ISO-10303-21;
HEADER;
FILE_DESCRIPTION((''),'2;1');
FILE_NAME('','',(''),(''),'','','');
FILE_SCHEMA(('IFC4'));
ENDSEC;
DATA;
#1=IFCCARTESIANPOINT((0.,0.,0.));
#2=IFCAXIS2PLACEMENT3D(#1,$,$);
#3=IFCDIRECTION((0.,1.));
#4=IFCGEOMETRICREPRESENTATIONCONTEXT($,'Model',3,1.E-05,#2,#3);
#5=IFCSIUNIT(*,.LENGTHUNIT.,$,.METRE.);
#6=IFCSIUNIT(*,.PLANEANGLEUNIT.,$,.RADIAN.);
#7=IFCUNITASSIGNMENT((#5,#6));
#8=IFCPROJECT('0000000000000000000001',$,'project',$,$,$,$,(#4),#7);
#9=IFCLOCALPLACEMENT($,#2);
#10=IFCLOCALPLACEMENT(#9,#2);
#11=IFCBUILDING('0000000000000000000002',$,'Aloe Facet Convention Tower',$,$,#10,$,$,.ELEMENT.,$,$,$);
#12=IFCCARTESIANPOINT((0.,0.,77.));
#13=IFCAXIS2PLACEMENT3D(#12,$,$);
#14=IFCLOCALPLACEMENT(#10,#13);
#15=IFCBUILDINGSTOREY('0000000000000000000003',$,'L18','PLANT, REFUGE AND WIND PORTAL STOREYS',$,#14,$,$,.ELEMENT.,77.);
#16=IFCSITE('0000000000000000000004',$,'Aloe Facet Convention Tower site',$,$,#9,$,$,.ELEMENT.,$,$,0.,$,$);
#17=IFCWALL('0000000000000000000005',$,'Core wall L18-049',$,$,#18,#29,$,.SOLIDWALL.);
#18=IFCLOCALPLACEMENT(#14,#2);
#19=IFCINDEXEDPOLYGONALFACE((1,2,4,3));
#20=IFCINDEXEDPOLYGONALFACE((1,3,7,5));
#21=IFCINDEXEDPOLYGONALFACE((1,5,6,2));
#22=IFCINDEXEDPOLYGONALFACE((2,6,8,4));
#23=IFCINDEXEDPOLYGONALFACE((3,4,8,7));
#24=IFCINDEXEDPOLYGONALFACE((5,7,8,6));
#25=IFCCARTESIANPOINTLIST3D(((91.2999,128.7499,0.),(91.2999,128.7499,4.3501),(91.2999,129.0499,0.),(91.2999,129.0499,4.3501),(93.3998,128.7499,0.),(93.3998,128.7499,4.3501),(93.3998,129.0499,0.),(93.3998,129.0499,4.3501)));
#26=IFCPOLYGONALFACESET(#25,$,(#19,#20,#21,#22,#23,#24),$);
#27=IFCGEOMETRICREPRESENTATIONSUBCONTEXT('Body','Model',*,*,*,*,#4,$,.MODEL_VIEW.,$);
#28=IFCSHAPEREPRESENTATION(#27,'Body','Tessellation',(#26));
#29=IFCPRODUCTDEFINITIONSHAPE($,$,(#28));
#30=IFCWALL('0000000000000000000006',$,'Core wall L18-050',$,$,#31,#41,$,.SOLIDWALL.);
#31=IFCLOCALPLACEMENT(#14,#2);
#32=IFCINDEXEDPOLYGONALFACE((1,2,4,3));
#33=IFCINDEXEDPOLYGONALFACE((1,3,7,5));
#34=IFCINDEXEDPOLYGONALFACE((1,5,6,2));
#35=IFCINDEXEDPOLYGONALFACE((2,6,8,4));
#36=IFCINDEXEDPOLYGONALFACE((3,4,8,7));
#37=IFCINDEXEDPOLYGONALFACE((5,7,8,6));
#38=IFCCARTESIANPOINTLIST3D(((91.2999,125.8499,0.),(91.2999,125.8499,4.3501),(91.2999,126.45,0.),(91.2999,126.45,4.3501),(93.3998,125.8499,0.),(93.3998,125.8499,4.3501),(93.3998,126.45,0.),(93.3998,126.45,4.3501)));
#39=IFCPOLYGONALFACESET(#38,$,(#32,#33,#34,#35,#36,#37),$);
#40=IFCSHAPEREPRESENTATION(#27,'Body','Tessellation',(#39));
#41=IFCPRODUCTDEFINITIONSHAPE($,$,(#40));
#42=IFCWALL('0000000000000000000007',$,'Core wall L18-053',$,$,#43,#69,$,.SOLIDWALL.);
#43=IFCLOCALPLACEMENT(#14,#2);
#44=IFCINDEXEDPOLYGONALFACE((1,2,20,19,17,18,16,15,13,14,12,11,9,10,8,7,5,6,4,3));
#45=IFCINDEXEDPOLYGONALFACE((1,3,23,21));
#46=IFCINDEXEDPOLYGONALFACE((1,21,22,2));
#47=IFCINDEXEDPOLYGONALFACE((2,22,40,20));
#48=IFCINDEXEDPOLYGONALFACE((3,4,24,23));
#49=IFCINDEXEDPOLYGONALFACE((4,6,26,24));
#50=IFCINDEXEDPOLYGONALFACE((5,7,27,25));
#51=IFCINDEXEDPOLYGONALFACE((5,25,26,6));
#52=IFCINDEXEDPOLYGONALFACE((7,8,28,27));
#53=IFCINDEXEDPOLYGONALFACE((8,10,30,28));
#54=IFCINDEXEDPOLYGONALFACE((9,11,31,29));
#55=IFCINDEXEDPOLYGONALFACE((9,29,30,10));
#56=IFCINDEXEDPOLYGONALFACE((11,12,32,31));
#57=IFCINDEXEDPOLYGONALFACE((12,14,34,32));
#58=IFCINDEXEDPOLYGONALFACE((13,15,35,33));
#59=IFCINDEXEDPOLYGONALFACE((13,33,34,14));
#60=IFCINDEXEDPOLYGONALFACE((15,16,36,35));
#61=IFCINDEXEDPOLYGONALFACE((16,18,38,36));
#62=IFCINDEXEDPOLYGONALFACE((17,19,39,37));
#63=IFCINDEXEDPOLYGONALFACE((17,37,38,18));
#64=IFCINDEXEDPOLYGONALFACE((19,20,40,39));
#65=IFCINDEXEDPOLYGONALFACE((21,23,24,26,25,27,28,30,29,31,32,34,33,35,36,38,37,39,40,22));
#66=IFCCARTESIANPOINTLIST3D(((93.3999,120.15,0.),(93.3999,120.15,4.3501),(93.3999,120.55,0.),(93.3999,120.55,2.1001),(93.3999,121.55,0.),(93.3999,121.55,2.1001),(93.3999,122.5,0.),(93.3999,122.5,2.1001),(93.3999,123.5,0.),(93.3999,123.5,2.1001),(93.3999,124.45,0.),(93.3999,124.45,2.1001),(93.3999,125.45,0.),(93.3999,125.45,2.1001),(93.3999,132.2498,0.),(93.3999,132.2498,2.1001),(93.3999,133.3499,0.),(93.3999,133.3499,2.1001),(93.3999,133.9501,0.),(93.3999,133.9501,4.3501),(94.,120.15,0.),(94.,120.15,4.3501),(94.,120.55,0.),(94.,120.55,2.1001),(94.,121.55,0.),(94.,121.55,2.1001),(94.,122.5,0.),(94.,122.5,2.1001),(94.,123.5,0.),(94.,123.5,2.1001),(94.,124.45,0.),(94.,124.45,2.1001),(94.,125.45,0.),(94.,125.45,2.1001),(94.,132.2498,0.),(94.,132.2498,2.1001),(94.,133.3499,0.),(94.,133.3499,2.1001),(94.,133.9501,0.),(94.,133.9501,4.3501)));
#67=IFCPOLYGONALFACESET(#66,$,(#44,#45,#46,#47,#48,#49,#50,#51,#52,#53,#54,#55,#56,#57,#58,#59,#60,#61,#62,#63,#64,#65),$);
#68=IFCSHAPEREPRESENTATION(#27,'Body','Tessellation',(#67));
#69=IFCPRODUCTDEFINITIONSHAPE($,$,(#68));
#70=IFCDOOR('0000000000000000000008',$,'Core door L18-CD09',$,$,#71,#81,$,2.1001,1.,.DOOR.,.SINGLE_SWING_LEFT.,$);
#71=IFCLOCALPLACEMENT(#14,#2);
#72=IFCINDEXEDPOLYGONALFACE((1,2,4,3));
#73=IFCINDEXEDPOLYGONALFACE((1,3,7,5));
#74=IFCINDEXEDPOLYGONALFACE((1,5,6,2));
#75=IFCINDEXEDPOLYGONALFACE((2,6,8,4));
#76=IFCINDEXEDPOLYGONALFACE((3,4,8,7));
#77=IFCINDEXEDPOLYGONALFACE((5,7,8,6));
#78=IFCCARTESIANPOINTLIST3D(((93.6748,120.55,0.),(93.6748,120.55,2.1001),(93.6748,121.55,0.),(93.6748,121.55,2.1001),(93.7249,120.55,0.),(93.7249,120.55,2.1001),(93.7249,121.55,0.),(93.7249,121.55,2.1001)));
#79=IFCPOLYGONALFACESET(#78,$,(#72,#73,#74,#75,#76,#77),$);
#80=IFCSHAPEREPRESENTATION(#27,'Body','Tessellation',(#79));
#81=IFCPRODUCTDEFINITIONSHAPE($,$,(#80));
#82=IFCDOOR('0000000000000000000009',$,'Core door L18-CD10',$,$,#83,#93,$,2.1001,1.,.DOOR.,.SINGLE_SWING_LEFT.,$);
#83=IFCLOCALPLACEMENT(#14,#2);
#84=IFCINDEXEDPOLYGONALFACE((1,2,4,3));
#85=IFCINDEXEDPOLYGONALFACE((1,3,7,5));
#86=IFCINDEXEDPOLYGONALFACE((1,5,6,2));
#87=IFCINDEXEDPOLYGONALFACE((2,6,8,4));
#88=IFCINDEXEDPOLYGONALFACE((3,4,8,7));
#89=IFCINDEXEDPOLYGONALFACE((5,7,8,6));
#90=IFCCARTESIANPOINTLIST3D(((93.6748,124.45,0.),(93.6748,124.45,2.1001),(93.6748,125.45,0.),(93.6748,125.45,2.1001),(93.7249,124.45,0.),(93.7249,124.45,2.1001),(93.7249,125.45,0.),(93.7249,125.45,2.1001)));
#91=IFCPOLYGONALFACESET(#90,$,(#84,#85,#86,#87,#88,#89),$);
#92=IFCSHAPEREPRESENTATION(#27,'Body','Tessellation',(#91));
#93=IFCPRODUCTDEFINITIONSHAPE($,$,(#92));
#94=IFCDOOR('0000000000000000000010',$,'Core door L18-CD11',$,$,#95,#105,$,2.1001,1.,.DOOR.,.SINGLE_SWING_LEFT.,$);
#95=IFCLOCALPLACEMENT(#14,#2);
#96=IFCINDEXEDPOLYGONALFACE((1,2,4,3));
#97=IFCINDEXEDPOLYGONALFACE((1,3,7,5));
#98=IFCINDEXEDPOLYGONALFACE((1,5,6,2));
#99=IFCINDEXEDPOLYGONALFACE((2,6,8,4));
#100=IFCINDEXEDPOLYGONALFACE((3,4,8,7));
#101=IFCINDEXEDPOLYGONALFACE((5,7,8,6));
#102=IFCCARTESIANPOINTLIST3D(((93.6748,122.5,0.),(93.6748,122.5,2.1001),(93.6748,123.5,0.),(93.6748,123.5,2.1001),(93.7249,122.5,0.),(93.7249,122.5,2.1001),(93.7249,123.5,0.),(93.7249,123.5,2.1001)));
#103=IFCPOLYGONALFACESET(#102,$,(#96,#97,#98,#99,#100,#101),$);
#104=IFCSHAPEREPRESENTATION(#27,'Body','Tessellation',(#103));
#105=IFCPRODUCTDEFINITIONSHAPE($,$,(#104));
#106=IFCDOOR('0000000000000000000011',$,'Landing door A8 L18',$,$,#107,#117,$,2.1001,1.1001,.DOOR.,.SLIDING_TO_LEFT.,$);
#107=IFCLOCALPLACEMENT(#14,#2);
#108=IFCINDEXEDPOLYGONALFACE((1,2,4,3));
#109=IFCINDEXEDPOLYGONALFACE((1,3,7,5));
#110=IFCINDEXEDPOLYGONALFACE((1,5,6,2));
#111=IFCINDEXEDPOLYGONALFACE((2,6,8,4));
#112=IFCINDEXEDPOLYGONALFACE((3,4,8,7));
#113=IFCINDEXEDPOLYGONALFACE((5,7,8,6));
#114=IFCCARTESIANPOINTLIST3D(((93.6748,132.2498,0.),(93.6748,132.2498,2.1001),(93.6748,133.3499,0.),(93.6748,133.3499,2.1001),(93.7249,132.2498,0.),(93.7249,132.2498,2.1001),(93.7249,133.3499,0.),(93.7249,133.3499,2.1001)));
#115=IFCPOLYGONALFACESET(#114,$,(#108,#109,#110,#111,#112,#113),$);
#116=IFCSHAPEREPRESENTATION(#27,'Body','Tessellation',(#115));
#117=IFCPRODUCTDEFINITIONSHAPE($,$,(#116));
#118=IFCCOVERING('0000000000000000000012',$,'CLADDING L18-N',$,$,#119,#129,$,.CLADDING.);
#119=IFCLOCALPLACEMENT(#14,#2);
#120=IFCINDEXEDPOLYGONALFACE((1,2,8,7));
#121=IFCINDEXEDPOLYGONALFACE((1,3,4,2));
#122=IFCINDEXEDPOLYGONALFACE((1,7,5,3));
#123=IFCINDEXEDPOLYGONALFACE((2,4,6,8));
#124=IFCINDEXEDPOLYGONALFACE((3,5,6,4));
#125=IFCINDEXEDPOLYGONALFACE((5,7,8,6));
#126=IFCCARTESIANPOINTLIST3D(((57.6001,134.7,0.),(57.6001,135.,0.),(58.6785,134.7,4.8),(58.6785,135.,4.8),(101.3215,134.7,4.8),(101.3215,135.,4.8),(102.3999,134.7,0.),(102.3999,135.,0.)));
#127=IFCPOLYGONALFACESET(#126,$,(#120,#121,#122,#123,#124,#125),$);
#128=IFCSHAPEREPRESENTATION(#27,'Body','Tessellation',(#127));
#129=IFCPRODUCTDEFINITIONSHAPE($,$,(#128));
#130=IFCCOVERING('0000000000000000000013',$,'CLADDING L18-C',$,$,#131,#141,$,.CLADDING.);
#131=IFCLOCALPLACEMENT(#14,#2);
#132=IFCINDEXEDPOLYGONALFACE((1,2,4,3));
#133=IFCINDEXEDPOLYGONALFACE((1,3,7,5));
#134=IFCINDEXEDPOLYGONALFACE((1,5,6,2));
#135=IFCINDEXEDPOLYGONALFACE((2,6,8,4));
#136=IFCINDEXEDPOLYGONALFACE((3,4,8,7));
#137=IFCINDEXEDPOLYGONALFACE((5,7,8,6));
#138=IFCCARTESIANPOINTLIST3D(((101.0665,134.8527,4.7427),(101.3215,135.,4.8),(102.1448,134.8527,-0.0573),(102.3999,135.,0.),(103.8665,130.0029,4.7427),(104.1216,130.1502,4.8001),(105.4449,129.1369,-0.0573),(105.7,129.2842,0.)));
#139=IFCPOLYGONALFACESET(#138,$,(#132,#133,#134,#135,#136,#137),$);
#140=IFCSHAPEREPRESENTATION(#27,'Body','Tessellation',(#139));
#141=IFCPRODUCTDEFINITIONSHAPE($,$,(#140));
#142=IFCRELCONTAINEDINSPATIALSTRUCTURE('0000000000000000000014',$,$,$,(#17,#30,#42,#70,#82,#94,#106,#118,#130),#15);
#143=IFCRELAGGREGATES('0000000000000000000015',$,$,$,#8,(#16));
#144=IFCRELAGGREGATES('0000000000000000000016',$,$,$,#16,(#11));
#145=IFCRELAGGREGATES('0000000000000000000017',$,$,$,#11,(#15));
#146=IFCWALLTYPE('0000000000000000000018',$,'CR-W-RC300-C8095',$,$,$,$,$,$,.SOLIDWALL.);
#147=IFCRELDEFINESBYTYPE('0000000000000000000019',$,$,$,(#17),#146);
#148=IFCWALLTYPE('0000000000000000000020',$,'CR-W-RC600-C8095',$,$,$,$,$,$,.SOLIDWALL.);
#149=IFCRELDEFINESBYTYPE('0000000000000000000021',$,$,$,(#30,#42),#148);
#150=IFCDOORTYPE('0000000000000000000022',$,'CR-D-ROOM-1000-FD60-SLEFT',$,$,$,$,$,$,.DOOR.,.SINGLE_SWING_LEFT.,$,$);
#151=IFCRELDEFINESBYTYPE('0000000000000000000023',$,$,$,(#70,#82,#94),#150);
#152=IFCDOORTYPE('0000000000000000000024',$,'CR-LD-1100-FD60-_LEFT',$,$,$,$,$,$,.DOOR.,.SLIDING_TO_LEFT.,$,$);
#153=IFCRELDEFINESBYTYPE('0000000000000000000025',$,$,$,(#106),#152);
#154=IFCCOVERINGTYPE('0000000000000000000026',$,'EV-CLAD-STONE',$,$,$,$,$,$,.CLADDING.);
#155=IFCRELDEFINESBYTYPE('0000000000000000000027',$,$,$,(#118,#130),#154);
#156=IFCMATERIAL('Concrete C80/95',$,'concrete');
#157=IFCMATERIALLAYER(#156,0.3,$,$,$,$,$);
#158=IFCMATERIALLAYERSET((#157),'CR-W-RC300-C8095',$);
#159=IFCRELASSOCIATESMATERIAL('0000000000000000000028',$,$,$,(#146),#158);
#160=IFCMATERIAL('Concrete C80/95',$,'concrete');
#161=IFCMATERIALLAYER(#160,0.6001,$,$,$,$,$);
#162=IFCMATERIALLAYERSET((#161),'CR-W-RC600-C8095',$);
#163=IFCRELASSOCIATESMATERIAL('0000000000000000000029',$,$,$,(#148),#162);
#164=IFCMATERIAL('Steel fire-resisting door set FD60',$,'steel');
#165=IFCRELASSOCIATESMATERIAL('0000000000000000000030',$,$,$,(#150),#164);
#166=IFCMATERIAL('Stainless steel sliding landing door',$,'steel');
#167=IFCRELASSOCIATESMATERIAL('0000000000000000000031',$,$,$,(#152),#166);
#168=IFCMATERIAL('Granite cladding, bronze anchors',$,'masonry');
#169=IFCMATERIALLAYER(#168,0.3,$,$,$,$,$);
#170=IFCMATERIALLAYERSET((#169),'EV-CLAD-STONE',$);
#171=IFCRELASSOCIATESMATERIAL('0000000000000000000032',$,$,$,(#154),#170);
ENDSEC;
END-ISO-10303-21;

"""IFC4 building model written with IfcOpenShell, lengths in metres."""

from ifc_helpers import new_model, si_unit, direction, frame, frame_2d, origin, place, context, subcontext, project, spatial, polyline, rectangle, outline, extrude, material, layer, layer_set, type_object, element, fill, save


model = new_model("IFC4")

# Units and contexts
model_context = context("Model", 3, precision=1e-05, world=origin(), true_north=direction((0.0, 1.0)))
body_context = subcontext(model_context, "Body", "Model", "MODEL_VIEW")
ifc_project = project(units=[si_unit("LENGTHUNIT", "METRE"), si_unit("PLANEANGLEUNIT", "RADIAN")], contexts=[model_context])

# Site, building, storey
site_placement = place(None, origin())
site = spatial("IfcSite", under=ifc_project, at=site_placement, Name="Aloe Facet Convention Tower site", CompositionType="ELEMENT", RefElevation=0.0)
building_placement = place(site_placement, origin())
building = spatial("IfcBuilding", under=site, at=building_placement, Name="Aloe Facet Convention Tower", CompositionType="ELEMENT")
storey_placement = place(building_placement, frame((0.0, 0.0, 77.0)))
storey = spatial("IfcBuildingStorey", under=building, at=storey_placement, Name="L18", Description="PLANT, REFUGE AND WIND PORTAL STOREYS", CompositionType="ELEMENT", Elevation=77.0)

# Walls
ifc_material_1 = material(Name="Concrete C80/95", Category="concrete")
ifc_layer_1 = layer(ifc_material_1, 0.3)
ifc_layer_set_1 = layer_set([ifc_layer_1], Name="CR-W-RC300-C8095")
wall_type_1 = type_object("IfcWallType", Name="CR-W-RC300-C8095", PredefinedType="SOLIDWALL", material=ifc_layer_set_1)
for number, where, z_axis, x_axis, name in (
    (1, (91.3, 128.8999, 0.0), (0.0, 0.0, 1.0), (1.0, 0.0, 0.0), "Core wall L18-049"),
):
    element("IfcWall", number, at=place(storey_placement, frame(where, z_axis=z_axis, x_axis=x_axis)), inside=storey, type_object=wall_type_1, Name=name, PredefinedType="SOLIDWALL", context=body_context, shape_type="SweptSolid", body=[
        extrude(rectangle(XDim=2.0999, YDim=0.3, at=frame_2d((1.0498, 0.0))), origin(), (0.0, 0.0, 1.0), 4.3501),
    ])
ifc_material_2 = material(Name="Concrete C80/95", Category="concrete")
ifc_layer_2 = layer(ifc_material_2, 0.6001)
ifc_layer_set_2 = layer_set([ifc_layer_2], Name="CR-W-RC600-C8095")
wall_type_2 = type_object("IfcWallType", Name="CR-W-RC600-C8095", PredefinedType="SOLIDWALL", material=ifc_layer_set_2)
wall_1_placement = place(storey_placement, frame((91.3, 126.1499, 0.0), z_axis=(0.0, 0.0, 1.0), x_axis=(1.0, 0.0, 0.0)))
element("IfcWall", 2, at=wall_1_placement, inside=storey, type_object=wall_type_2, Name="Core wall L18-050", PredefinedType="SOLIDWALL", context=body_context, shape_type="SweptSolid", body=[
    extrude(rectangle(XDim=2.0999, YDim=0.6001, at=frame_2d((1.0498, 0.0))), origin(), (0.0, 0.0, 1.0), 4.3501),
])

# Wall, openings, doors
wall_2_placement = place(storey_placement, frame((93.7, 133.95, 0.0), z_axis=(0.0, 0.0, 1.0), x_axis=(0.0, -1.0, 0.0)))
wall_2 = element("IfcWall", 3, at=wall_2_placement, inside=storey, type_object=wall_type_2, Name="Core wall L18-053", PredefinedType="SOLIDWALL", context=body_context, shape_type="SweptSolid", body=[
    extrude(rectangle(XDim=13.8, YDim=0.6001, at=frame_2d((6.8999, 0.0))), origin(), (0.0, 0.0, 1.0), 4.3501),
])
opening_1_placement = place(wall_2_placement, frame((0.6001, 0.0, 0.0)))
opening_1 = element("IfcOpeningElement", 4, at=opening_1_placement, cuts=wall_2, PredefinedType="OPENING", context=body_context, shape_type="SweptSolid", body=[
    extrude(rectangle(XDim=1.1001, YDim=2.1001, at=frame_2d((0.55, 1.05))), frame((0.0, 0.3101, 0.0), z_axis=(0.0, -1.0, 0.0), x_axis=(1.0, 0.0, 0.0)), (0.0, 0.0, 1.0), 0.6201),
])
opening_2_placement = place(wall_2_placement, frame((12.3999, 0.0, 0.0)))
opening_2 = element("IfcOpeningElement", 5, at=opening_2_placement, cuts=wall_2, PredefinedType="OPENING", context=body_context, shape_type="SweptSolid", body=[
    extrude(rectangle(XDim=1.0, YDim=2.1001, at=frame_2d((0.5, 1.05))), frame((0.0, 0.3101, 0.0), z_axis=(0.0, -1.0, 0.0), x_axis=(1.0, 0.0, 0.0)), (0.0, 0.0, 1.0), 0.6201),
])
opening_3_placement = place(wall_2_placement, frame((8.5, 0.0, 0.0)))
opening_3 = element("IfcOpeningElement", 6, at=opening_3_placement, cuts=wall_2, PredefinedType="OPENING", context=body_context, shape_type="SweptSolid", body=[
    extrude(rectangle(XDim=1.0, YDim=2.1001, at=frame_2d((0.5, 1.05))), frame((0.0, 0.3101, 0.0), z_axis=(0.0, -1.0, 0.0), x_axis=(1.0, 0.0, 0.0)), (0.0, 0.0, 1.0), 0.6201),
])
opening_4_placement = place(wall_2_placement, frame((10.45, 0.0, 0.0)))
opening_4 = element("IfcOpeningElement", 7, at=opening_4_placement, cuts=wall_2, PredefinedType="OPENING", context=body_context, shape_type="SweptSolid", body=[
    extrude(rectangle(XDim=1.0, YDim=2.1001, at=frame_2d((0.5, 1.05))), frame((0.0, 0.3101, 0.0), z_axis=(0.0, -1.0, 0.0), x_axis=(1.0, 0.0, 0.0)), (0.0, 0.0, 1.0), 0.6201),
])
ifc_material_3 = material(Name="Steel fire-resisting door set FD60", Category="steel")
door_type_1 = type_object("IfcDoorType", Name="CR-D-ROOM-1000-FD60-SLEFT", OperationType="SINGLE_SWING_LEFT", PredefinedType="DOOR", material=ifc_material_3)
door_1_placement = place(opening_2_placement, origin())
door_1 = element("IfcDoor", 8, at=door_1_placement, inside=storey, type_object=door_type_1, Name="Core door L18-CD09", OperationType="SINGLE_SWING_LEFT", OverallHeight=2.1001, OverallWidth=1.0, PredefinedType="DOOR", context=body_context, shape_type="SweptSolid", body=[
    extrude(rectangle(XDim=1.0, YDim=2.1001, at=frame_2d((0.5, 1.05))), frame((0.0, 0.0249, 0.0), z_axis=(0.0, -1.0, 0.0), x_axis=(1.0, 0.0, 0.0)), (0.0, 0.0, 1.0), 0.05),
])
fill(opening_2, door_1)
door_2_placement = place(opening_3_placement, origin())
door_2 = element("IfcDoor", 9, at=door_2_placement, inside=storey, type_object=door_type_1, Name="Core door L18-CD10", OperationType="SINGLE_SWING_LEFT", OverallHeight=2.1001, OverallWidth=1.0, PredefinedType="DOOR", context=body_context, shape_type="SweptSolid", body=[
    extrude(rectangle(XDim=1.0, YDim=2.1001, at=frame_2d((0.5, 1.05))), frame((0.0, 0.0249, 0.0), z_axis=(0.0, -1.0, 0.0), x_axis=(1.0, 0.0, 0.0)), (0.0, 0.0, 1.0), 0.05),
])
fill(opening_3, door_2)
door_3_placement = place(opening_4_placement, origin())
door_3 = element("IfcDoor", 10, at=door_3_placement, inside=storey, type_object=door_type_1, Name="Core door L18-CD11", OperationType="SINGLE_SWING_LEFT", OverallHeight=2.1001, OverallWidth=1.0, PredefinedType="DOOR", context=body_context, shape_type="SweptSolid", body=[
    extrude(rectangle(XDim=1.0, YDim=2.1001, at=frame_2d((0.5, 1.05))), frame((0.0, 0.0249, 0.0), z_axis=(0.0, -1.0, 0.0), x_axis=(1.0, 0.0, 0.0)), (0.0, 0.0, 1.0), 0.05),
])
fill(opening_4, door_3)
ifc_material_4 = material(Name="Stainless steel sliding landing door", Category="steel")
door_type_2 = type_object("IfcDoorType", Name="CR-LD-1100-FD60-_LEFT", OperationType="SLIDING_TO_LEFT", PredefinedType="DOOR", material=ifc_material_4)
door_4_placement = place(opening_1_placement, origin())
door_4 = element("IfcDoor", 11, at=door_4_placement, inside=storey, type_object=door_type_2, Name="Landing door A8 L18", OperationType="SLIDING_TO_LEFT", OverallHeight=2.1001, OverallWidth=1.1001, PredefinedType="DOOR", context=body_context, shape_type="SweptSolid", body=[
    extrude(rectangle(XDim=1.1001, YDim=2.1001, at=frame_2d((0.55, 1.05))), frame((0.0, 0.0249, 0.0), z_axis=(0.0, -1.0, 0.0), x_axis=(1.0, 0.0, 0.0)), (0.0, 0.0, 1.0), 0.05),
])
fill(opening_1, door_4)

# Coverings
ifc_material_5 = material(Name="Granite cladding, bronze anchors", Category="masonry")
ifc_layer_3 = layer(ifc_material_5, 0.3)
ifc_layer_set_3 = layer_set([ifc_layer_3], Name="EV-CLAD-STONE")
covering_type = type_object("IfcCoveringType", Name="EV-CLAD-STONE", PredefinedType="CLADDING", material=ifc_layer_set_3)
covering_1_placement = place(storey_placement, frame((102.3999, 135.0, 0.0), z_axis=(0.0, 1.0, 0.0), x_axis=(-1.0, 0.0, 0.0)))
element("IfcCovering", 12, at=covering_1_placement, inside=storey, type_object=covering_type, Name="CLADDING L18-N", PredefinedType="CLADDING", context=body_context, shape_type="SweptSolid", body=[
    extrude(outline(polyline([(0.0, 0.0), (44.7998, 0.0), (43.7214, 4.8), (1.0784, 4.8), (0.0, 0.0)])), origin(), (0.0, 0.0, -1.0), 0.3),
])
covering_2_placement = place(storey_placement, frame((105.7, 129.2842, 0.0), z_axis=(0.850085, 0.490797, 0.190981), x_axis=(-0.5, 0.866025, 0.0)))
element("IfcCovering", 13, at=covering_2_placement, inside=storey, type_object=covering_type, Name="CLADDING L18-C", PredefinedType="CLADDING", context=body_context, shape_type="SweptSolid", body=[
    extrude(outline(polyline([(0.0, 0.0), (6.6001, 0.0), (7.1393, 4.8901), (1.5391, 4.8901), (0.0, 0.0)])), origin(), (0.0, 0.0, -1.0), 0.3),
])

save(model, "model.ifc")
